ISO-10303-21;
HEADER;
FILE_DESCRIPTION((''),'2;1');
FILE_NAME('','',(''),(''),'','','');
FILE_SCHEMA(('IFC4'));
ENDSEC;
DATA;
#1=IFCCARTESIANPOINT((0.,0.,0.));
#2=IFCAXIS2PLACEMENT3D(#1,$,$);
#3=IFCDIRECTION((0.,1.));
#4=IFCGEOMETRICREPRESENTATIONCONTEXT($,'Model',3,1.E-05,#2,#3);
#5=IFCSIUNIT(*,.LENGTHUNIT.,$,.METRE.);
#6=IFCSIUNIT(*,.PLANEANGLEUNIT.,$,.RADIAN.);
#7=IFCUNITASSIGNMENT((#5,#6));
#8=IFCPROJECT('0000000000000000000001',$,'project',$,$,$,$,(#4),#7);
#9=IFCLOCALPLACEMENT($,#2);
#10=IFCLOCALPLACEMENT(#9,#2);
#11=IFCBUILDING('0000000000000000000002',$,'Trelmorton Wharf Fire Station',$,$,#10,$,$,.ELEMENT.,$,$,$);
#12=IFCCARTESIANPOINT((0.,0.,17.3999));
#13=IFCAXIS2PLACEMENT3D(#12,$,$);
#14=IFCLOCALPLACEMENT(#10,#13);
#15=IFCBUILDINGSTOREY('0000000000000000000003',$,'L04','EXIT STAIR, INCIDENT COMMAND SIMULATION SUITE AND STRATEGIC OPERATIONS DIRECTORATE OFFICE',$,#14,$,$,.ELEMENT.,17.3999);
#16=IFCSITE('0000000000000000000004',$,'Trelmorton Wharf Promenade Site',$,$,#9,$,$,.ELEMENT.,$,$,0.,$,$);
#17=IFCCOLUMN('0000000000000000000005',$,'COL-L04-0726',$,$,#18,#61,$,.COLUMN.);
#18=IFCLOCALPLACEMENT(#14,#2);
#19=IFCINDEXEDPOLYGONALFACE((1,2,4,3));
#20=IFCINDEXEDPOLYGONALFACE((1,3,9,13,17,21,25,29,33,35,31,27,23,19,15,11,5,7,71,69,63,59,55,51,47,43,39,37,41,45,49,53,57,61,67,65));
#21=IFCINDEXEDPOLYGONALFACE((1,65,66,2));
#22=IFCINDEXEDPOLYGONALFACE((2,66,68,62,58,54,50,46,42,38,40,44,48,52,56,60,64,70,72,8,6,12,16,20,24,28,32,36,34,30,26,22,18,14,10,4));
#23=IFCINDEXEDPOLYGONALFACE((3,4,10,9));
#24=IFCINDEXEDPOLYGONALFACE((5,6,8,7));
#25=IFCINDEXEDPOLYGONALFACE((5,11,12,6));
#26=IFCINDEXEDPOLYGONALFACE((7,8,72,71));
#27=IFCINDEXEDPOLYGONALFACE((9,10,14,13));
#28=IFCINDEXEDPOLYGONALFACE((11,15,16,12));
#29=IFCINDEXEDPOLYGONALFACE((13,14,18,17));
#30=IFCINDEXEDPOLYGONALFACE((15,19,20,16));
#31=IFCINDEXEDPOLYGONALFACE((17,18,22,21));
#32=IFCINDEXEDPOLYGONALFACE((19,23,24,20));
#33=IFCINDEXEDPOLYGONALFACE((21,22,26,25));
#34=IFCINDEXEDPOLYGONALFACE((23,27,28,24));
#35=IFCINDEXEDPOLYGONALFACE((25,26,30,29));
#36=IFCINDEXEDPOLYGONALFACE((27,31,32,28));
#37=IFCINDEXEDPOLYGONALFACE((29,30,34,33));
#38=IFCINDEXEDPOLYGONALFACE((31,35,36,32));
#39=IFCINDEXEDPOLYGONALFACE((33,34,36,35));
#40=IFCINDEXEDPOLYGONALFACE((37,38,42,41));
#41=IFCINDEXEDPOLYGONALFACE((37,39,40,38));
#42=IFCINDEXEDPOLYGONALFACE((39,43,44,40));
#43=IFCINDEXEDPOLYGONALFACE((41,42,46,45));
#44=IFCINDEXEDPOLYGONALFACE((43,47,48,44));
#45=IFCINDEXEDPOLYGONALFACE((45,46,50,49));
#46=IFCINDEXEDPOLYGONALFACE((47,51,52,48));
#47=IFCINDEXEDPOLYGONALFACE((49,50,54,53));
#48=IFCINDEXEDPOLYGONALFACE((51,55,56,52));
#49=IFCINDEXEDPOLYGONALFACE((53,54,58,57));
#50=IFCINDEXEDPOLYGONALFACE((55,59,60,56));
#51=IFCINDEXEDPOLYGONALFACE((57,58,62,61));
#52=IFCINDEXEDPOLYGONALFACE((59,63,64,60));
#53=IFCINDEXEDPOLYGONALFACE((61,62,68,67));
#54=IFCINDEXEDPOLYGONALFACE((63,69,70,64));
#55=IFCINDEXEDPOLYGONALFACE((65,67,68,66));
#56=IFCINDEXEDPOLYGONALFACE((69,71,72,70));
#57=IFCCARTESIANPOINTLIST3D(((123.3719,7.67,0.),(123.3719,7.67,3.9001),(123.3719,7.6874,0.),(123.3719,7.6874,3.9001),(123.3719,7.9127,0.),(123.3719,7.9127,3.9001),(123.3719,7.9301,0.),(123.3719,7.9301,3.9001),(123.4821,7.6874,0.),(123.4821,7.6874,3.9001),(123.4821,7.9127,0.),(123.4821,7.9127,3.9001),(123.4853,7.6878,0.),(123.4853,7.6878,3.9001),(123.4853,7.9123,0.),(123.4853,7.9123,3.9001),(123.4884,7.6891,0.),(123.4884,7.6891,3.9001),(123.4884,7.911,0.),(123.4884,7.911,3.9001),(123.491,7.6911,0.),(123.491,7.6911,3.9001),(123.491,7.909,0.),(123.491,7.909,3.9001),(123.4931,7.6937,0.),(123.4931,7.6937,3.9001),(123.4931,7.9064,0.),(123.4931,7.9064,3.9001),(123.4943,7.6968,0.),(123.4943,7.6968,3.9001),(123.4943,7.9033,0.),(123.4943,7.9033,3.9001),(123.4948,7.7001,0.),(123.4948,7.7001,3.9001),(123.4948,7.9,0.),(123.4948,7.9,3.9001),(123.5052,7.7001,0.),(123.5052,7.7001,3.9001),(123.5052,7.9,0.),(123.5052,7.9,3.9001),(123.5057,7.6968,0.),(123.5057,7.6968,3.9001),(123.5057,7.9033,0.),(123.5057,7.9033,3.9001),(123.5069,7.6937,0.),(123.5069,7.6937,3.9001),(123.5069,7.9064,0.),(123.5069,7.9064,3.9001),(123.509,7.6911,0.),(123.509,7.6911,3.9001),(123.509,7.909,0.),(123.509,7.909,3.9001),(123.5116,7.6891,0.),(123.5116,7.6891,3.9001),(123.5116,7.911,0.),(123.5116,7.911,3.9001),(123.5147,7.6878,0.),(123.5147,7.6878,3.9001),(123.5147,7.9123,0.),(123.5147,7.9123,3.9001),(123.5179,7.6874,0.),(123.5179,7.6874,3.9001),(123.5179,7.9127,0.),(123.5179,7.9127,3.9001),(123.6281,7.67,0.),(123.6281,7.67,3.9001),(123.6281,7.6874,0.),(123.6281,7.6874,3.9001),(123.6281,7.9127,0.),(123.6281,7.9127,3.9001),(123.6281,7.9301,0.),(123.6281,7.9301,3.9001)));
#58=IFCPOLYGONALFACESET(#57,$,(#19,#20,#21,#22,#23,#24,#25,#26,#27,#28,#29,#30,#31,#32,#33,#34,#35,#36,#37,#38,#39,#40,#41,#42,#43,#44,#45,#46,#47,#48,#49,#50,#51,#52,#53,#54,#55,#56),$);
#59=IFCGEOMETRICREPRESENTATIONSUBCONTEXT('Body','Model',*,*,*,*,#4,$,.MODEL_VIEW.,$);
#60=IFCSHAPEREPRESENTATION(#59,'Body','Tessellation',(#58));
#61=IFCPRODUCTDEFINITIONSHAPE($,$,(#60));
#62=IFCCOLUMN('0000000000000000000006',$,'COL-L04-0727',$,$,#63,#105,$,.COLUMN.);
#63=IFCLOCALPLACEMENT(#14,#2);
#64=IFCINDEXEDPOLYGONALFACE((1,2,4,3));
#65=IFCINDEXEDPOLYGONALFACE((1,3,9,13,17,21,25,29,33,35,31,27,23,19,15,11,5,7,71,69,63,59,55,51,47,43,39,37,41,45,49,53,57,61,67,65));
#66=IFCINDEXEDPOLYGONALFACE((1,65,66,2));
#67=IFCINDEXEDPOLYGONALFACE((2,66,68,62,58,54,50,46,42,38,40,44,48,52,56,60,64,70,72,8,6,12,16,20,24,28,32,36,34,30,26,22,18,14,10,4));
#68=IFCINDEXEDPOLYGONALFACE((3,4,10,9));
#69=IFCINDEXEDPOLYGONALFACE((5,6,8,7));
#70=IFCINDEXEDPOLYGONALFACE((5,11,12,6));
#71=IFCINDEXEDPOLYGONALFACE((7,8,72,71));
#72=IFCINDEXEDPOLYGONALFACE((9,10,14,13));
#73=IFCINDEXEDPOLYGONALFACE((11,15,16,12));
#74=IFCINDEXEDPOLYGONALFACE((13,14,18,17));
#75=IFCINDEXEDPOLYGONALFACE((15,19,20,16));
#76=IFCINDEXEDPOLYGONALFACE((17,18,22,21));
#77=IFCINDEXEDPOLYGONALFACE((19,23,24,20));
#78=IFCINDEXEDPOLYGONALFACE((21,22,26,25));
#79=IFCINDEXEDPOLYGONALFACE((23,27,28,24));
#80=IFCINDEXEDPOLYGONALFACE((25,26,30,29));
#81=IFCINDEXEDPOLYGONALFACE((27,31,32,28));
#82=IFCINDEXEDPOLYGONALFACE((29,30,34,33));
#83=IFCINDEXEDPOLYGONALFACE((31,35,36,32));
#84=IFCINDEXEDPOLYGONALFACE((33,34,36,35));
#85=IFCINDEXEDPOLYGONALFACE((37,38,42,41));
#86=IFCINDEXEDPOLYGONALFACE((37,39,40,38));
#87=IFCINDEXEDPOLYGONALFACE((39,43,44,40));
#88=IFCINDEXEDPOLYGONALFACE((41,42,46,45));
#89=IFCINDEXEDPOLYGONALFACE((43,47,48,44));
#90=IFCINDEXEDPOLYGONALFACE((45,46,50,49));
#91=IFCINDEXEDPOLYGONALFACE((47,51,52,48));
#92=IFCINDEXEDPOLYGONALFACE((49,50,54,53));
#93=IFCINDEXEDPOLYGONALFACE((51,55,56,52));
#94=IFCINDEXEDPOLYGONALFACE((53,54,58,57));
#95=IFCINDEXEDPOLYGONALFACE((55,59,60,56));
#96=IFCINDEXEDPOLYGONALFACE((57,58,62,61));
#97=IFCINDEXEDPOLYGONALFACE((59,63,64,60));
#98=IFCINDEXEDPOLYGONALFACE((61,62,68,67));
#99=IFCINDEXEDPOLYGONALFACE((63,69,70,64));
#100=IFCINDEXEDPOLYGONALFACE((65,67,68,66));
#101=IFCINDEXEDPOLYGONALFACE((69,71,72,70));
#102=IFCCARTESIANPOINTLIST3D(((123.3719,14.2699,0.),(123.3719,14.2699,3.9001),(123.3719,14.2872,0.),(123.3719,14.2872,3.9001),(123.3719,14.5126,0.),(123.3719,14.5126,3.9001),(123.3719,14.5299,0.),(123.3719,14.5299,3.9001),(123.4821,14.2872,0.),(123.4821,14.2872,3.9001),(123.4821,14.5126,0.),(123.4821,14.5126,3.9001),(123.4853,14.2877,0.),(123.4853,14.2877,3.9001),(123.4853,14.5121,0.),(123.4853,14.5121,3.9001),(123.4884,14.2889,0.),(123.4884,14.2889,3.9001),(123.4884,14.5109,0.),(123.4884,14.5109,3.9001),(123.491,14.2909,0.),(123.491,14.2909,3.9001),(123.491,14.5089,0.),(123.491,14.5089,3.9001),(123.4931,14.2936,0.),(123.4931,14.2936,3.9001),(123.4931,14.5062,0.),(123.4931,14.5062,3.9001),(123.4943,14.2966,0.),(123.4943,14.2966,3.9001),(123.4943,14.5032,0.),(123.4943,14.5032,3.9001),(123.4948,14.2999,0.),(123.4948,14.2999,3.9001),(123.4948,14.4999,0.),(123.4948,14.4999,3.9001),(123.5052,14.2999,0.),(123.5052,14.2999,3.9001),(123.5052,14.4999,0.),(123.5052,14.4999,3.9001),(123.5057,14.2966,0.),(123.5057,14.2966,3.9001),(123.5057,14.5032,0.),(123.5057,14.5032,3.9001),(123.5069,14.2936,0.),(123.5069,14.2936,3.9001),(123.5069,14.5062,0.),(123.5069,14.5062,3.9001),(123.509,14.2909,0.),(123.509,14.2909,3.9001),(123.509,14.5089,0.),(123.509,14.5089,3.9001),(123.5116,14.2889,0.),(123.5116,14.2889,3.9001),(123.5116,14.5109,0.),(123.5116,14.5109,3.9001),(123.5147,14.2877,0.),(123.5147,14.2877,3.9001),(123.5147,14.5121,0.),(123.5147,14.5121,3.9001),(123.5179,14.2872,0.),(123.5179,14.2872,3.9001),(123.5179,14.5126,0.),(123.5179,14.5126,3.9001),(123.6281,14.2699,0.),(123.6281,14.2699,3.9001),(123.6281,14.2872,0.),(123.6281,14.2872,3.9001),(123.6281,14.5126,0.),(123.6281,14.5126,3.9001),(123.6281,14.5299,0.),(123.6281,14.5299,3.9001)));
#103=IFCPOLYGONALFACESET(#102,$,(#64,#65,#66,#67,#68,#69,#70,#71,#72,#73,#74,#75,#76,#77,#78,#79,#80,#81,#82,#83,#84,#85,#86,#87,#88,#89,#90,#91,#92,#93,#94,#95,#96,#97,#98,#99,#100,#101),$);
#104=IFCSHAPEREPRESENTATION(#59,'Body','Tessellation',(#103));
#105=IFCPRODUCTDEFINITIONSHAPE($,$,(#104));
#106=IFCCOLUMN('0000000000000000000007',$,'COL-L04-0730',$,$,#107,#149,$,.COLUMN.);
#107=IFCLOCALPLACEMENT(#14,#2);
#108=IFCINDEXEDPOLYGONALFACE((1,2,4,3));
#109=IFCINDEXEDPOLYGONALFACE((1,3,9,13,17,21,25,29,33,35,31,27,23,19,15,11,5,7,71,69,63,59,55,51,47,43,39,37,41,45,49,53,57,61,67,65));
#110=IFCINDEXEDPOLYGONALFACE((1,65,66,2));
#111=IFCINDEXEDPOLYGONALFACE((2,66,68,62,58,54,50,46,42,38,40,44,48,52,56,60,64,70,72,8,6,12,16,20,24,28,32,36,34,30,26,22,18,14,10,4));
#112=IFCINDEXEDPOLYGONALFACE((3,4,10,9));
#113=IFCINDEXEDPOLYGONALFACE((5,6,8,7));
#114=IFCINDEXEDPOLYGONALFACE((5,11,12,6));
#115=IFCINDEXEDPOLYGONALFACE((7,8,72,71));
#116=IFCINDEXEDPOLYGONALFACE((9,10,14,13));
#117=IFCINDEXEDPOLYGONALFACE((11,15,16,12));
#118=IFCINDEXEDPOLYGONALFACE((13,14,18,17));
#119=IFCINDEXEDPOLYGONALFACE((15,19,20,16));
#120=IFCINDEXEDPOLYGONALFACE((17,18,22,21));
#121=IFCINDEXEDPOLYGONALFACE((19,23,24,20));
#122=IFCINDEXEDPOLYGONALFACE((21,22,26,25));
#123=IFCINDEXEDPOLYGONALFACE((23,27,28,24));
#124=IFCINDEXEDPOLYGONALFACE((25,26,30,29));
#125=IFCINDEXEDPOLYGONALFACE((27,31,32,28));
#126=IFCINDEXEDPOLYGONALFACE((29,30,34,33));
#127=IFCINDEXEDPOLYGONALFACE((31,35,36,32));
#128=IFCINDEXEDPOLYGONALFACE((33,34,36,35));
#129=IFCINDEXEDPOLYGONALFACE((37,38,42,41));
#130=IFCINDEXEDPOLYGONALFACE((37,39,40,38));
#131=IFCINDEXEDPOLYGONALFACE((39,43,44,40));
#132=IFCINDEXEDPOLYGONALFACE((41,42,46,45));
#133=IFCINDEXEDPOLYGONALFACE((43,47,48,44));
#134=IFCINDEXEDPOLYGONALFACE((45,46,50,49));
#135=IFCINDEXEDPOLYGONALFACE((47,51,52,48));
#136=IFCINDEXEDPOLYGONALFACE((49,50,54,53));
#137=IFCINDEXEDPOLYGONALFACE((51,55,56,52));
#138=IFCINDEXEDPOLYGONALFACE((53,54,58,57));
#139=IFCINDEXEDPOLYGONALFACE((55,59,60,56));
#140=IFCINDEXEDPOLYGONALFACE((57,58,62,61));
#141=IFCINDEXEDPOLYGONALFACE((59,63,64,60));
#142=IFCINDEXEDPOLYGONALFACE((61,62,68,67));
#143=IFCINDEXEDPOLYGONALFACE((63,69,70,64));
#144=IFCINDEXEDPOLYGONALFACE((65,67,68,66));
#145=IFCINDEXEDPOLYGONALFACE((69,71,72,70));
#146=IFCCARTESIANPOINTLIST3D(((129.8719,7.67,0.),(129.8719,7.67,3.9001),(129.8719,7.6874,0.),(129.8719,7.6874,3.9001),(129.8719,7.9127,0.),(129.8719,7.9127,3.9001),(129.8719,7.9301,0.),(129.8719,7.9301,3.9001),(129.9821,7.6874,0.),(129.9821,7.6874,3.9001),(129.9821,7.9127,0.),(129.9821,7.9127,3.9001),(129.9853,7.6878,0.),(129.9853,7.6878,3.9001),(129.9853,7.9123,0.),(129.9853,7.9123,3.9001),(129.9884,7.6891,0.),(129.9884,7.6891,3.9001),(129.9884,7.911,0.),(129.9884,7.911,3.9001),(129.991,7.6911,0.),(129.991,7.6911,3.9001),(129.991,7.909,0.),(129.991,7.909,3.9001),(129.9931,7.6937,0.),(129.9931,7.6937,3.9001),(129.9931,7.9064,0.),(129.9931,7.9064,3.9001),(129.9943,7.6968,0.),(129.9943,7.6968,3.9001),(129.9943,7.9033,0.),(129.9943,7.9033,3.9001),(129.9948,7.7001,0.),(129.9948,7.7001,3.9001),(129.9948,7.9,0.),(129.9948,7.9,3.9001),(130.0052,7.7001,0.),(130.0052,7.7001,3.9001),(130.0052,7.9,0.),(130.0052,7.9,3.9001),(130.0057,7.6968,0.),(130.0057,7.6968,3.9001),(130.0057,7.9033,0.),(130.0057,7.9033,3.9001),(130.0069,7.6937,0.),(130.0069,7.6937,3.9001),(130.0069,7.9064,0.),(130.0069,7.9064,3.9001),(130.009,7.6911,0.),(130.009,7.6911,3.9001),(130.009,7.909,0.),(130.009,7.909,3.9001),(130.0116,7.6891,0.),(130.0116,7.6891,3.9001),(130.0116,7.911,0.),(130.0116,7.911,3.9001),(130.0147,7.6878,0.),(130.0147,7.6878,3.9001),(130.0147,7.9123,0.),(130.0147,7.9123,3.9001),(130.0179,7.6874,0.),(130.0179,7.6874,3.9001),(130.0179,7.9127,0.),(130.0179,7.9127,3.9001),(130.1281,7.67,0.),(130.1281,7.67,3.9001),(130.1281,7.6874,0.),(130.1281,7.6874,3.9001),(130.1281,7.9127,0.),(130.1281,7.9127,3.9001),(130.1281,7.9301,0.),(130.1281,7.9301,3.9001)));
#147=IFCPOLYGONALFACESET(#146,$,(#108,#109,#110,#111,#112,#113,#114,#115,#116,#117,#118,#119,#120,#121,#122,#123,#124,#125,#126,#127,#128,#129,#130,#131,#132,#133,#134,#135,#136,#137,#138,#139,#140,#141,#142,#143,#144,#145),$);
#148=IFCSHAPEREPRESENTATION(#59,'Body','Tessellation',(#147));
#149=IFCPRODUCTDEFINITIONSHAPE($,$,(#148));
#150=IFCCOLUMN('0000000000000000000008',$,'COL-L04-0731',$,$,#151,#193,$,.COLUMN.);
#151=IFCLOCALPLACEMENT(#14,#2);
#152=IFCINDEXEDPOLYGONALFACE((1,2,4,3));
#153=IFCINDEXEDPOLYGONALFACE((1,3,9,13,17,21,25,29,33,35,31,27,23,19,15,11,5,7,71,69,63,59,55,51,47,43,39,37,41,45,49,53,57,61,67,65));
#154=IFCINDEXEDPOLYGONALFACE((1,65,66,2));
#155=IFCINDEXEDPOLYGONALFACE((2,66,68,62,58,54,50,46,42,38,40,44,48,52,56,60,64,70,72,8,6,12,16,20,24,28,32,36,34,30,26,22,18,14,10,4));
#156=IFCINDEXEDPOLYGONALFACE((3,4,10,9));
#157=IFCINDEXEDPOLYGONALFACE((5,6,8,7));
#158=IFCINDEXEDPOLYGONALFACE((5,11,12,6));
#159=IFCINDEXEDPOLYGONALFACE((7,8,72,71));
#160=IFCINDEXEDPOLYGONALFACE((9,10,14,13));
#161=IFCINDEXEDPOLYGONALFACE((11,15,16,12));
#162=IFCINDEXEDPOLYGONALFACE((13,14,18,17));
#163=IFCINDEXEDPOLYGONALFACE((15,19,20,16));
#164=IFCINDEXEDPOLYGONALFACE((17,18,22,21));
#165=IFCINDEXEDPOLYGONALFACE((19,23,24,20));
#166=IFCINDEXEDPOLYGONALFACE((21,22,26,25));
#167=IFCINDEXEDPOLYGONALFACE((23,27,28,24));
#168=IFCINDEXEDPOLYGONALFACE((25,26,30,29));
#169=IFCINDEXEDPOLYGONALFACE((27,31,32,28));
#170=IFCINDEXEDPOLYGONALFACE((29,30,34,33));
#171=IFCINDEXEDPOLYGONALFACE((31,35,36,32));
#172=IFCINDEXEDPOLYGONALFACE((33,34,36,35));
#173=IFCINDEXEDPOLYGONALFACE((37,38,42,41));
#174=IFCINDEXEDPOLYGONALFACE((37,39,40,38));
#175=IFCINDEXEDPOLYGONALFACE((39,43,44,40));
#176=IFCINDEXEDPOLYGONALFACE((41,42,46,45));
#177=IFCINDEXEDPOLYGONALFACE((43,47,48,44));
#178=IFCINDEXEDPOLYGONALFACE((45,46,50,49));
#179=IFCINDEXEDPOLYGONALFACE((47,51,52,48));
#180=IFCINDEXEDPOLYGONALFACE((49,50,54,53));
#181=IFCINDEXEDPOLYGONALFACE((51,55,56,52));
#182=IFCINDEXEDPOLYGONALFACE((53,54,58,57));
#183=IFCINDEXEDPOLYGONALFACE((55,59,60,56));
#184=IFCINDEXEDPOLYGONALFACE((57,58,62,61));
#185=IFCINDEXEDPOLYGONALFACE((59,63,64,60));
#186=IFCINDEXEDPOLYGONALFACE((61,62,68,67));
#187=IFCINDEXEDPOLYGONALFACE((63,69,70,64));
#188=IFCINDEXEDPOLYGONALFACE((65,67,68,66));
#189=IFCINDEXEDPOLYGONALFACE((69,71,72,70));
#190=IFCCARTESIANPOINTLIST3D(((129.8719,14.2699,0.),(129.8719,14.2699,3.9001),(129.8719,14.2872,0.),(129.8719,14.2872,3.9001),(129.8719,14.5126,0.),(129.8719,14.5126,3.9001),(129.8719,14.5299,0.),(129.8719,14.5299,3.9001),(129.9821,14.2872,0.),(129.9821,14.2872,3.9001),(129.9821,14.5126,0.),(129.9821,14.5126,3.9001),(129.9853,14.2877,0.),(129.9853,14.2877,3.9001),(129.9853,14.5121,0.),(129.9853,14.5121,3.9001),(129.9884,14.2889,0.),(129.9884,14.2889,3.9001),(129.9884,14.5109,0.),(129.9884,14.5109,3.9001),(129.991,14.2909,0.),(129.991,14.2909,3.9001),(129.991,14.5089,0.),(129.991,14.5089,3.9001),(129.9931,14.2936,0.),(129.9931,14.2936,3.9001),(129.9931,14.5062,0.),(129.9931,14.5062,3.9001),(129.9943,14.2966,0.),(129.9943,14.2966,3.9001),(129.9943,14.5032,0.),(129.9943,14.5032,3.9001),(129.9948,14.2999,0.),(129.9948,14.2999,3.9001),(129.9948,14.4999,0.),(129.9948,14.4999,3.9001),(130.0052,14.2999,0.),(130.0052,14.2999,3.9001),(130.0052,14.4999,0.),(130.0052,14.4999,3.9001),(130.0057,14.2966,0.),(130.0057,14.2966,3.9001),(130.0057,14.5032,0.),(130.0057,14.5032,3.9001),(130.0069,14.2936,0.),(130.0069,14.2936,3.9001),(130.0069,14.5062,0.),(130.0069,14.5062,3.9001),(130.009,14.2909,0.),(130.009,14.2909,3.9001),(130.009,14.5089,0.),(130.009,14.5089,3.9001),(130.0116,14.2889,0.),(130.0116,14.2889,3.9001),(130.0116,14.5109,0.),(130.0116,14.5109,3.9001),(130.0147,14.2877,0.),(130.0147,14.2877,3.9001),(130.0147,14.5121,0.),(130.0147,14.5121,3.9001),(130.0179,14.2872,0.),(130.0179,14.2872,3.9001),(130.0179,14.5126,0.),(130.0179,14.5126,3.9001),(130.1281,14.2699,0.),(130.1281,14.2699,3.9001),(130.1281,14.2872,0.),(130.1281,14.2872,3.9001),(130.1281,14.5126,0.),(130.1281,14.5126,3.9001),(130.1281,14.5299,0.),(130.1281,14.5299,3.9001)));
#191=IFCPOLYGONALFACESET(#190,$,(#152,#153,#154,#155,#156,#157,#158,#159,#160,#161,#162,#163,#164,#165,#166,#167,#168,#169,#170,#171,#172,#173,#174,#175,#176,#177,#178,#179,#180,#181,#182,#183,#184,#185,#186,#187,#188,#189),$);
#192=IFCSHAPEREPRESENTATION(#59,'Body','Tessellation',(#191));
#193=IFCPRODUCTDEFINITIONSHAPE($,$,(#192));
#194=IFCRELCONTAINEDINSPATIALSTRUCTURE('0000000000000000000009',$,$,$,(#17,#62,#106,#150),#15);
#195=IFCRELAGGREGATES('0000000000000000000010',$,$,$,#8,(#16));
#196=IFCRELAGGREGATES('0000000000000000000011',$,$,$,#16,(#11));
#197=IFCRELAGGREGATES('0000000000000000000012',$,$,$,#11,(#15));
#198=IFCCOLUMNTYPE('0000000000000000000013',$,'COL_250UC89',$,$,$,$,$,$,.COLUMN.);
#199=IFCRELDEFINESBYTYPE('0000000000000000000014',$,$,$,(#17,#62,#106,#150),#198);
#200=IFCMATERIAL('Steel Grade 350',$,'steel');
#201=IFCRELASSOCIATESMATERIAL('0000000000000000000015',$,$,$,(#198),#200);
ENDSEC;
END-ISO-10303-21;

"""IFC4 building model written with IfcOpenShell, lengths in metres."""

from ifc_helpers import new_model, si_unit, direction, frame, origin, origin_2d, place, context, subcontext, project, spatial, i_section, extrude, material, material_profile, profile_set, type_object, element, save


model = new_model("IFC4")

# Units and contexts
model_context = context("Model", 3, precision=1e-05, world=origin(), true_north=direction((0.0, 1.0)))
body_context = subcontext(model_context, "Body", "Model", "MODEL_VIEW")
ifc_project = project(units=[si_unit("LENGTHUNIT", "METRE"), si_unit("PLANEANGLEUNIT", "RADIAN")], contexts=[model_context])

# Site, building, storey
site_placement = place(None, origin())
site = spatial("IfcSite", under=ifc_project, at=site_placement, Name="Trelmorton Wharf Promenade Site", CompositionType="ELEMENT", RefElevation=0.0)
building_placement = place(site_placement, origin())
building = spatial("IfcBuilding", under=site, at=building_placement, Name="Trelmorton Wharf Fire Station", CompositionType="ELEMENT")
storey_placement = place(building_placement, frame((0.0, 0.0, 17.3999)))
storey = spatial("IfcBuildingStorey", under=building, at=storey_placement, Name="L04", Description="EXIT STAIR, INCIDENT COMMAND SIMULATION SUITE AND STRATEGIC OPERATIONS DIRECTORATE OFFICE", CompositionType="ELEMENT", Elevation=17.3999)

# Columns
ifc_material_1 = material(Name="Steel Grade 350", Category="steel")
ifc_material_profile_1 = material_profile(ifc_material_1, i_section(OverallWidth=0.2561, OverallDepth=0.26, WebThickness=0.0105, FlangeThickness=0.0173, FilletRadius=0.0127, at=origin_2d()), Name="250UC89.5")
ifc_profile_set_1 = profile_set([ifc_material_profile_1], Name="Steel Grade 350")
column_type_1 = type_object("IfcColumnType", Name="COL_250UC89", PredefinedType="COLUMN", material=ifc_profile_set_1)
for number, where, z_axis, x_axis, name in (
    (1, (123.5, 7.8, 0.0), (0.0, 0.0, 1.0), (1.0, 0.0, 0.0), "COL-L04-0726"),
    (2, (123.5, 14.3999, 0.0), (0.0, 0.0, 1.0), (1.0, 0.0, 0.0), "COL-L04-0727"),
    (3, (130.0, 7.8, 0.0), (0.0, 0.0, 1.0), (1.0, 0.0, 0.0), "COL-L04-0730"),
    (4, (130.0, 14.3999, 0.0), (0.0, 0.0, 1.0), (1.0, 0.0, 0.0), "COL-L04-0731"),
):
    element("IfcColumn", number, at=place(storey_placement, frame(where, z_axis=z_axis, x_axis=x_axis)), inside=storey, type_object=column_type_1, Name=name, PredefinedType="COLUMN", context=body_context, shape_type="SweptSolid", body=[
        extrude(i_section(OverallWidth=0.2561, OverallDepth=0.26, WebThickness=0.0105, FlangeThickness=0.0173, FilletRadius=0.0127, at=origin_2d()), origin(), (0.0, 0.0, 1.0), 3.9001),
    ])

save(model, "model.ifc")
